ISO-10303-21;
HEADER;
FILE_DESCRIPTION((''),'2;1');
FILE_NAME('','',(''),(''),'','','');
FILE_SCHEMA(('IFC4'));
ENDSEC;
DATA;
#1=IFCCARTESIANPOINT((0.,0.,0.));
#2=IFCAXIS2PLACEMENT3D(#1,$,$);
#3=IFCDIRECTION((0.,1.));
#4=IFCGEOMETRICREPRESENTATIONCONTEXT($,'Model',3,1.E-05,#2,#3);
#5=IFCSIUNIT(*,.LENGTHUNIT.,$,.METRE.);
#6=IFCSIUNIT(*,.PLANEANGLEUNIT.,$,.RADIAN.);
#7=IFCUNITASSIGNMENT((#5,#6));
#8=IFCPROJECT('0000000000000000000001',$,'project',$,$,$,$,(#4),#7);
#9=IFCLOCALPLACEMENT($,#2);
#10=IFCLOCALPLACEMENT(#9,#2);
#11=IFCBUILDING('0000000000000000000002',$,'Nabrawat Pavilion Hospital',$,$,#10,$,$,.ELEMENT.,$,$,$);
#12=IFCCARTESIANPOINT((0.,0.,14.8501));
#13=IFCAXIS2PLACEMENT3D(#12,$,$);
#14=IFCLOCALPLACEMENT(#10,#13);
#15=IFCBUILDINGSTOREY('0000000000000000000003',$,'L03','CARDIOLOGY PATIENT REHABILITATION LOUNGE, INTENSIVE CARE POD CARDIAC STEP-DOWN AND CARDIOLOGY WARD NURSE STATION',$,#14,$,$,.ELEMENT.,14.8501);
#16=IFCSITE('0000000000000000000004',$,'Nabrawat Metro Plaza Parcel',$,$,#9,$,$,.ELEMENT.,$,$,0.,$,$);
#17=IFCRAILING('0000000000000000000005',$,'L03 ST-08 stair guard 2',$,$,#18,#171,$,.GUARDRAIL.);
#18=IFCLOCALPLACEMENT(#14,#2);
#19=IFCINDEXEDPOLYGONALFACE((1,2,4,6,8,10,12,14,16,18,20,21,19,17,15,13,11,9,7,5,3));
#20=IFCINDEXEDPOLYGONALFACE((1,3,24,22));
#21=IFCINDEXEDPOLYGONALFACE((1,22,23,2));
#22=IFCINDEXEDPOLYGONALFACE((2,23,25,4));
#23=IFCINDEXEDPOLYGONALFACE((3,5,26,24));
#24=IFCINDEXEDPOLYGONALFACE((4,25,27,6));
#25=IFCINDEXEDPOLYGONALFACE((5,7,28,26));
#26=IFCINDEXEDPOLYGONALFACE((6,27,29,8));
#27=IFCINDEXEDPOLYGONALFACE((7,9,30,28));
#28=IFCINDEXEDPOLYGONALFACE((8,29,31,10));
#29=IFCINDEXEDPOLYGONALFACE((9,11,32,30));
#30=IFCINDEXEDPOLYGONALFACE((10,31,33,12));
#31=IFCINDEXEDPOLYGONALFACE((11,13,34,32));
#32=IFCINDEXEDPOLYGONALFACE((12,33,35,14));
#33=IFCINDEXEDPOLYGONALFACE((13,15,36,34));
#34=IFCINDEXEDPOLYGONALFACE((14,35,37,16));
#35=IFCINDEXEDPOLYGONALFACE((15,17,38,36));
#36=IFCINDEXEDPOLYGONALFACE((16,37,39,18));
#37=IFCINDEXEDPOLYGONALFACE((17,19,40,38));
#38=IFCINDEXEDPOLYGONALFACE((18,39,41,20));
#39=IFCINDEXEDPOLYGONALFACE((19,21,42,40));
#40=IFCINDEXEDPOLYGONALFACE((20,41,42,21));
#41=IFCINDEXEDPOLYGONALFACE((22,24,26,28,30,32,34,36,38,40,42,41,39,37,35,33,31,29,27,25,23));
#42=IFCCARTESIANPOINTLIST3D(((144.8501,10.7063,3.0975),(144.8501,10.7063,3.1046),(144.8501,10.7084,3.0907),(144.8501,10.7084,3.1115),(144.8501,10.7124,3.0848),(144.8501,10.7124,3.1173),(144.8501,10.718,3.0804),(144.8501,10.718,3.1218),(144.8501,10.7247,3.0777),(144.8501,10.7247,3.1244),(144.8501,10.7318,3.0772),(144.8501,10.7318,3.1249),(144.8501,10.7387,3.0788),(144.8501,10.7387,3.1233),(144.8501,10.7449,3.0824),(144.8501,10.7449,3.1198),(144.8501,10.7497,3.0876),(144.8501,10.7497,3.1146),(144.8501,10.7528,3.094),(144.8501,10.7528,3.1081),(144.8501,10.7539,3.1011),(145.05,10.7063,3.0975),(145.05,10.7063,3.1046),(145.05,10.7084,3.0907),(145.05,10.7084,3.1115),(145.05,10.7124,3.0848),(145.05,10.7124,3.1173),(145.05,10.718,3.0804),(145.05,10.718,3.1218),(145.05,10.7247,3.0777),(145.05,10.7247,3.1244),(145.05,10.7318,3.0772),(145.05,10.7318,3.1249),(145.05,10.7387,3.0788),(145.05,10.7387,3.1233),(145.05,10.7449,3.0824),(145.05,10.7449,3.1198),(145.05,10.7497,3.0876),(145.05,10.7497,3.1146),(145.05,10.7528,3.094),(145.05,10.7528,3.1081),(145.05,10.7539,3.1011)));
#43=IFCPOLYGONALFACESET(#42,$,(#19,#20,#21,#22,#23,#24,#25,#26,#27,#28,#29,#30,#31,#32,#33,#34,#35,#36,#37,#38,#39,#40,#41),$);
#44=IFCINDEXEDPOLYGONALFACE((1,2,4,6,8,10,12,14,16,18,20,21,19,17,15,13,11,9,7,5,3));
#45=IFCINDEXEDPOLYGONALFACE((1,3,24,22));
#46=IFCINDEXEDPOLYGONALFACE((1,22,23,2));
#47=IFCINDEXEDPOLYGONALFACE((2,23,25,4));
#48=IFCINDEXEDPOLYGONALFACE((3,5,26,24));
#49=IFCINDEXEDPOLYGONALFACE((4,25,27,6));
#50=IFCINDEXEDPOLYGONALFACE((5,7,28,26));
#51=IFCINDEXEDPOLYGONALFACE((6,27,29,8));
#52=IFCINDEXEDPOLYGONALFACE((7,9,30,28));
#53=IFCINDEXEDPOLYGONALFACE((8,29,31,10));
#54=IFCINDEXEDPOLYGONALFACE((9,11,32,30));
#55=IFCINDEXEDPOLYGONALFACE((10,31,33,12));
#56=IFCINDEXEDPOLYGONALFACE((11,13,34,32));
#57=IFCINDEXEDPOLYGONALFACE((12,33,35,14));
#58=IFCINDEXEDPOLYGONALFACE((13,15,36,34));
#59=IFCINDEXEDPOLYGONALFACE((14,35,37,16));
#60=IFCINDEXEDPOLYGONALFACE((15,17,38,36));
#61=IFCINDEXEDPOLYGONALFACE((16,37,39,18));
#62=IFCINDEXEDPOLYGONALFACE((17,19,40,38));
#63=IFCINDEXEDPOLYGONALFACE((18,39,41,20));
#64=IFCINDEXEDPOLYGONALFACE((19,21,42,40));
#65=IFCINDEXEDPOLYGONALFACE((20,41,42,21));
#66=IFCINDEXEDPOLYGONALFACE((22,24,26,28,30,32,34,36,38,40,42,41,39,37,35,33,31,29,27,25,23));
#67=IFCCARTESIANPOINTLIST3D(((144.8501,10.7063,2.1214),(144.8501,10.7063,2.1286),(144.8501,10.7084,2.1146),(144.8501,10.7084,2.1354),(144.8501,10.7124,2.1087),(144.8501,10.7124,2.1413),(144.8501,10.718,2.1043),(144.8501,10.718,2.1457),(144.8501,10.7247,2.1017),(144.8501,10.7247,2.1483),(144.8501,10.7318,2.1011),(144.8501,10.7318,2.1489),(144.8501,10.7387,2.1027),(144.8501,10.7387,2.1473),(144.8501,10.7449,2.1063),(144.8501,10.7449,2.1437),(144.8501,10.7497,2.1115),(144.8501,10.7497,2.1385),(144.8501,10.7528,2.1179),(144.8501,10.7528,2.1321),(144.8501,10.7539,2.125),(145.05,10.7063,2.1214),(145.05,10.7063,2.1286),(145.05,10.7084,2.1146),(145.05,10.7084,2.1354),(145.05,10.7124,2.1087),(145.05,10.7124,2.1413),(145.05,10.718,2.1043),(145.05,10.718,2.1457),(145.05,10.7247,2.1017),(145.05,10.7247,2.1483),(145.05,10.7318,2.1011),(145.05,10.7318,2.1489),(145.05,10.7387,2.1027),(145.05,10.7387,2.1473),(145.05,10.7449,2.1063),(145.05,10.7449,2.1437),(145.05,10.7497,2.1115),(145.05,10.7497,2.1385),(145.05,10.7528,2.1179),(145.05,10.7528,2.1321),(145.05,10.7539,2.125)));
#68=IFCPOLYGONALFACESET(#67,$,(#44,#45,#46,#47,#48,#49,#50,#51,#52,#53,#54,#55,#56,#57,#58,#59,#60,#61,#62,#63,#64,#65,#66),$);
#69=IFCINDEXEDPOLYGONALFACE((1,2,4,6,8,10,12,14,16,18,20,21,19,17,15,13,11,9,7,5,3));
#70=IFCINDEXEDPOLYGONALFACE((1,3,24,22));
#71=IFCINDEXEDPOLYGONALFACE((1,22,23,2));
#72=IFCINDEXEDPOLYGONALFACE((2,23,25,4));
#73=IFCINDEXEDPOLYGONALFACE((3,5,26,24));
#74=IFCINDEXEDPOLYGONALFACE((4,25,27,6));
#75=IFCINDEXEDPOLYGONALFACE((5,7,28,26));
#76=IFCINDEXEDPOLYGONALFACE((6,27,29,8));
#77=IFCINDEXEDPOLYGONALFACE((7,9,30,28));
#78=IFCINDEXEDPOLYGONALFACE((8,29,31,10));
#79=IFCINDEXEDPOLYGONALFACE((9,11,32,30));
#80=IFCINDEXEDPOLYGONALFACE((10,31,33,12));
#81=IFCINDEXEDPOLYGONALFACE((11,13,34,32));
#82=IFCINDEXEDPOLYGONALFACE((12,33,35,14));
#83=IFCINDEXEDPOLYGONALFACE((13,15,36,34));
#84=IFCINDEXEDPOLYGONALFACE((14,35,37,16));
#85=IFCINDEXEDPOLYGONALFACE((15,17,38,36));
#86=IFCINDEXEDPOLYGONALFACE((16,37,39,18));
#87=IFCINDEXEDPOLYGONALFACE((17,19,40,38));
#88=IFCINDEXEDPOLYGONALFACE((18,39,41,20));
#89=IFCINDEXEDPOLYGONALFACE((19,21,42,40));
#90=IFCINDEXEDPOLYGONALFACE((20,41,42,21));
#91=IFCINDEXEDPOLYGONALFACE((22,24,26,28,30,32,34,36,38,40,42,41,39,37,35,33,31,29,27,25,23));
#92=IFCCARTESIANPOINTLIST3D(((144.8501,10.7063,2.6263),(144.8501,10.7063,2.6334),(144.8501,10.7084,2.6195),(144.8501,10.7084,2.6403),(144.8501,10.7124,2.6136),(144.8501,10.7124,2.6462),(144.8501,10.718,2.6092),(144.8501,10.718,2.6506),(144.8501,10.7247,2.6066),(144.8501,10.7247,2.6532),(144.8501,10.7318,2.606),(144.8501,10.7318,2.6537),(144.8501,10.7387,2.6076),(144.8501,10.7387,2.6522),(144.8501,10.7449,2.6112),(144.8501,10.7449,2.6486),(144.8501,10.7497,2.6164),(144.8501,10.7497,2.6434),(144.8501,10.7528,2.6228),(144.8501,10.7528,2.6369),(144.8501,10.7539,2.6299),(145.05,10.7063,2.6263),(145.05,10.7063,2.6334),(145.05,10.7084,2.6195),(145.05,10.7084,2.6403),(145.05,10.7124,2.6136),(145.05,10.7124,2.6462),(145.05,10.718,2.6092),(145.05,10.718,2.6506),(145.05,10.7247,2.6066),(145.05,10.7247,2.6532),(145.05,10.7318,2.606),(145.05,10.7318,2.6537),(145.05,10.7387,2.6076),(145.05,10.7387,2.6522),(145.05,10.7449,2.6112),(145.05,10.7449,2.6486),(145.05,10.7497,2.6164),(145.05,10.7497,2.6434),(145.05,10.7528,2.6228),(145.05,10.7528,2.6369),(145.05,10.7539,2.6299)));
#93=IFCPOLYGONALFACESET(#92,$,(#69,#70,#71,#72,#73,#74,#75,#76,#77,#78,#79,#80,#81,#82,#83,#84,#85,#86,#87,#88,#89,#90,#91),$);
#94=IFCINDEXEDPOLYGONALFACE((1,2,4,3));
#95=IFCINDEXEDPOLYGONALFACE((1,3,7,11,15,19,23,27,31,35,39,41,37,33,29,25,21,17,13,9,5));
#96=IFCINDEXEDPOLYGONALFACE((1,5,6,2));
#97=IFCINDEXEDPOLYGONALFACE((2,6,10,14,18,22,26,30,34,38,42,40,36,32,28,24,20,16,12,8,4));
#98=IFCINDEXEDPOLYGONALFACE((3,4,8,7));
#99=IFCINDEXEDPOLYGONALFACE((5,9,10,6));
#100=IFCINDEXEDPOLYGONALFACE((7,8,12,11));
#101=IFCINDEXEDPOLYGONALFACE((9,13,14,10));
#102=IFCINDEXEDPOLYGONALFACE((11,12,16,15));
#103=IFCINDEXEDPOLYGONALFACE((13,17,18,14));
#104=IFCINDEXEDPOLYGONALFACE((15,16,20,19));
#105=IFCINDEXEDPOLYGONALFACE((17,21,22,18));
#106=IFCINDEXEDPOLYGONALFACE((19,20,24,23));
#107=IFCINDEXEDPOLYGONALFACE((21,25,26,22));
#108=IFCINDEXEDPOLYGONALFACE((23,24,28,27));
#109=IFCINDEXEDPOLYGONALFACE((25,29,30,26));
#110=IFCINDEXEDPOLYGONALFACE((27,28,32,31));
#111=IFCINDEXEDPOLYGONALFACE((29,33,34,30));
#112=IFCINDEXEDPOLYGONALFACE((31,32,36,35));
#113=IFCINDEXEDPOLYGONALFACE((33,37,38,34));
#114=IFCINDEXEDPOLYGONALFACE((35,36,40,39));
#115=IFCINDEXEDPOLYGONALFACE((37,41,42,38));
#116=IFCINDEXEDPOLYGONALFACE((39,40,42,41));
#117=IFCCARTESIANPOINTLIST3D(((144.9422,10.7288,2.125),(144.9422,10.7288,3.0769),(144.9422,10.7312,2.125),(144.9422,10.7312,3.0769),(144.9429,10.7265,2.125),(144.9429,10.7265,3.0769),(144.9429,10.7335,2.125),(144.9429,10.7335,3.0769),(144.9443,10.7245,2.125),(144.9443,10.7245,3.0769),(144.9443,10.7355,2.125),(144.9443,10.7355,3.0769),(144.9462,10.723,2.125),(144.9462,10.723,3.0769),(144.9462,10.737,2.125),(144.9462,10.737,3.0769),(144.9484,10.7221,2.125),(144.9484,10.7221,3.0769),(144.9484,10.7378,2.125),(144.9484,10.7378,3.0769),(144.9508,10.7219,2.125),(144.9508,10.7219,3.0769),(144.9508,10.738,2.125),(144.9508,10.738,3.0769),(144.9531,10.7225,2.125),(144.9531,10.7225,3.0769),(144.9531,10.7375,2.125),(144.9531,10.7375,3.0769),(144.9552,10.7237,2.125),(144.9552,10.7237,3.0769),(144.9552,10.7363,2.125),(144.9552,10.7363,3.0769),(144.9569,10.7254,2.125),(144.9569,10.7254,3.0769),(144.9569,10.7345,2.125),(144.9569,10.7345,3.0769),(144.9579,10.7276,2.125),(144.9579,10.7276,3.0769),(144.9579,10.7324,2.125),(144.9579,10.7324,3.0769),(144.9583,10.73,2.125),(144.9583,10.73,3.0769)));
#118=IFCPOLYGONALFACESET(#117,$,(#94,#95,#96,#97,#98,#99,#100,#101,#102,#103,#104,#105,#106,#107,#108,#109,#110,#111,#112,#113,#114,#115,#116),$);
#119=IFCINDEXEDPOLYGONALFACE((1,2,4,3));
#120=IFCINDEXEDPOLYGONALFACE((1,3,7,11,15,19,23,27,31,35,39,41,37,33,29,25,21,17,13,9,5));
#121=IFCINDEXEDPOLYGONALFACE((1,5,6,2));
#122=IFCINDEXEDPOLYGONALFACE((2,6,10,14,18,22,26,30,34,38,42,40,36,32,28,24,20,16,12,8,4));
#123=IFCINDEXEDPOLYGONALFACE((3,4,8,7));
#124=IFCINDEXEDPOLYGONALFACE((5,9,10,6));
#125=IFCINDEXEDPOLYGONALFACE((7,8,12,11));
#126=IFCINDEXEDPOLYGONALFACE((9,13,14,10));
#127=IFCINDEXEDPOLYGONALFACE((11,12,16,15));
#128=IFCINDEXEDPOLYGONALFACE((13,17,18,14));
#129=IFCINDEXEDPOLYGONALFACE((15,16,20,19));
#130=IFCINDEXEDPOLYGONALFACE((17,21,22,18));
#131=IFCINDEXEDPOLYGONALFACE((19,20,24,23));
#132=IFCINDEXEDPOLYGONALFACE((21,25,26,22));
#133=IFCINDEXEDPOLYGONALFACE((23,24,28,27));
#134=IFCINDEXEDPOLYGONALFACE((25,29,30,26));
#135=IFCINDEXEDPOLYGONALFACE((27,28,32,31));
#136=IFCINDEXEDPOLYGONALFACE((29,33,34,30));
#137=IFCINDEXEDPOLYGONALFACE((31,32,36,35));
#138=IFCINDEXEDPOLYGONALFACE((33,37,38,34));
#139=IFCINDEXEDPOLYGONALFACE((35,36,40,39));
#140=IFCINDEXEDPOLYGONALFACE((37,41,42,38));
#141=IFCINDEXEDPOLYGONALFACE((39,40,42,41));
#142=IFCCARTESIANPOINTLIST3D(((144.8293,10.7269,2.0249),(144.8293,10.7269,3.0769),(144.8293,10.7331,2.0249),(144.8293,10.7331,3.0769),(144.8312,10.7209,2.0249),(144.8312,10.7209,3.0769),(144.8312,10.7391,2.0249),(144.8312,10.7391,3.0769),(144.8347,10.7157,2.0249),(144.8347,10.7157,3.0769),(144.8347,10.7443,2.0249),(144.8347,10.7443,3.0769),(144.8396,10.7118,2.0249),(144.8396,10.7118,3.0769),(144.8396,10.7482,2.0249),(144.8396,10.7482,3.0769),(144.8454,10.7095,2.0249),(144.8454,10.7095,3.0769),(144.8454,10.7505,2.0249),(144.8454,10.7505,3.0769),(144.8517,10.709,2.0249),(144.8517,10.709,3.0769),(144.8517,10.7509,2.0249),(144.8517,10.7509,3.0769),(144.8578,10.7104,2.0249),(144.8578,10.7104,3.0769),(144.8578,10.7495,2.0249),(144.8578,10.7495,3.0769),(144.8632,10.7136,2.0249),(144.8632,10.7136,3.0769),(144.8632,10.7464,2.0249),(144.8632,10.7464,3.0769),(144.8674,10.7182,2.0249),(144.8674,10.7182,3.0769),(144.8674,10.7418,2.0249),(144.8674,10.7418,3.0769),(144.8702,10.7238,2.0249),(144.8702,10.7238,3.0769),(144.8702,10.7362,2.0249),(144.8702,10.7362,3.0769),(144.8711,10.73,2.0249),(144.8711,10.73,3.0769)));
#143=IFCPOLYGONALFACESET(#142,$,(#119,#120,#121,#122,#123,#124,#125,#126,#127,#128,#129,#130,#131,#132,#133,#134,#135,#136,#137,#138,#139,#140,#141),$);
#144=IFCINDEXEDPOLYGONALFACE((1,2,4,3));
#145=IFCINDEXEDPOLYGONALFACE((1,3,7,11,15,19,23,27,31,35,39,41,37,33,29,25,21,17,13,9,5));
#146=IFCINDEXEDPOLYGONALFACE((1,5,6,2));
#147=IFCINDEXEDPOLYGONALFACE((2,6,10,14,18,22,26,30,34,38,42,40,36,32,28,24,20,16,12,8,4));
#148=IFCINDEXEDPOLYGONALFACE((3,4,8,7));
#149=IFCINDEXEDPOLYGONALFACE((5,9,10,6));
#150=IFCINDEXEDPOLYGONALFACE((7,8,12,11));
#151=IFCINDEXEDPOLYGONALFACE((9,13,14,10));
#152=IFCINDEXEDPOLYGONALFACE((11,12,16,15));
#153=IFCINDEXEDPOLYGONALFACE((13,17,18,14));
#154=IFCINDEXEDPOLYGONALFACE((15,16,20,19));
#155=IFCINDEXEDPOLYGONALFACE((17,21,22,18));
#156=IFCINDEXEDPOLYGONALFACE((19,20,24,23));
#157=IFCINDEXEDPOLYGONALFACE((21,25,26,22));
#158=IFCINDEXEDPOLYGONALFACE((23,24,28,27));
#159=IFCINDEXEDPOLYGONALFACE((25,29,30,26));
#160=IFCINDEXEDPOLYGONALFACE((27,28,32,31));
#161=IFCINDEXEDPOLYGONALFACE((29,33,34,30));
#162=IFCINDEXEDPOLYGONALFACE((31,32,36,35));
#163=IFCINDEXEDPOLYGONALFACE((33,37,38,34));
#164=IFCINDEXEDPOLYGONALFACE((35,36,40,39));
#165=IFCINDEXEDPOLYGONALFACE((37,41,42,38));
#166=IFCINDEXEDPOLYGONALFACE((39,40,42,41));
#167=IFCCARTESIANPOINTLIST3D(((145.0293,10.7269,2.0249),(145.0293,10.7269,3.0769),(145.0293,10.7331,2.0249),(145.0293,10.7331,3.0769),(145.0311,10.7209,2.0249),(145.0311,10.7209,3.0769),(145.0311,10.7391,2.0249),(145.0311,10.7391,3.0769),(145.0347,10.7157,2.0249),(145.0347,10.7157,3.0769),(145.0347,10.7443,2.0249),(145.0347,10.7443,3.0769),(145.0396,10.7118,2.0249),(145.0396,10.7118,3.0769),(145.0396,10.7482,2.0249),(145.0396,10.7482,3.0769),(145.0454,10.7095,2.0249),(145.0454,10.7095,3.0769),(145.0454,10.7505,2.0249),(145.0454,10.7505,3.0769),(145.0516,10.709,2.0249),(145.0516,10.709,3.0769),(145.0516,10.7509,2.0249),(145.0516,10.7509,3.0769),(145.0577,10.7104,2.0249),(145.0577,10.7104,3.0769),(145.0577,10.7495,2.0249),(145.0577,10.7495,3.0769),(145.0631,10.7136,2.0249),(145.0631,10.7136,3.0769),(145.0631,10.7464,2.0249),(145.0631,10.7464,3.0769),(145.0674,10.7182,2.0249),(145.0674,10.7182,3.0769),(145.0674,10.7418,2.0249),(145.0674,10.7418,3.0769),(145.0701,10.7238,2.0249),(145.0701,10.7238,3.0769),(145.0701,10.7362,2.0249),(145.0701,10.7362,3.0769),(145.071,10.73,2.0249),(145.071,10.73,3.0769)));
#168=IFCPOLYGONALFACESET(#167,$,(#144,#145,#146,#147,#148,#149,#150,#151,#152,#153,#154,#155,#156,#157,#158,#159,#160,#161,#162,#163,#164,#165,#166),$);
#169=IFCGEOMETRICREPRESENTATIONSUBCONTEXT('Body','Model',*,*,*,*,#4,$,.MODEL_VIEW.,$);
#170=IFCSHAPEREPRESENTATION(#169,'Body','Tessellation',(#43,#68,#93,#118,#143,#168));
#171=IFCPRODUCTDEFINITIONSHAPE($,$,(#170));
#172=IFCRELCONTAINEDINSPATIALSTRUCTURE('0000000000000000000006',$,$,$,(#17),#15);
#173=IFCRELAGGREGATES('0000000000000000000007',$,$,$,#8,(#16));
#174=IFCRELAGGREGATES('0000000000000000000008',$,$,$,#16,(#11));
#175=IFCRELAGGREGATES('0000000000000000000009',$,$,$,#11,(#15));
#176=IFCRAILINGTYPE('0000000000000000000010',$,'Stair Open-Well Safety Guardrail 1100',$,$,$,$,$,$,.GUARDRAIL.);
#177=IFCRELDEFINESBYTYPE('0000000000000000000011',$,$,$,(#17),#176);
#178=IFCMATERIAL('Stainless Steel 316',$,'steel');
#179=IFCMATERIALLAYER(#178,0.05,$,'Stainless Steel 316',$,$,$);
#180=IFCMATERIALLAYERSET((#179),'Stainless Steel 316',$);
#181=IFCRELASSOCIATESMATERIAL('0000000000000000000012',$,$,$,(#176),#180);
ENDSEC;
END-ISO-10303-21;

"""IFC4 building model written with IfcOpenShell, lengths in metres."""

from ifc_helpers import new_model, si_unit, direction, frame, origin, origin_2d, place, context, subcontext, project, spatial, circle, extrude, material, layer, layer_set, type_object, element, save


model = new_model("IFC4")

# Units and contexts
model_context = context("Model", 3, precision=1e-05, world=origin(), true_north=direction((0.0, 1.0)))
body_context = subcontext(model_context, "Body", "Model", "MODEL_VIEW")
ifc_project = project(units=[si_unit("LENGTHUNIT", "METRE"), si_unit("PLANEANGLEUNIT", "RADIAN")], contexts=[model_context])

# Site, building, storey
site_placement = place(None, origin())
site = spatial("IfcSite", under=ifc_project, at=site_placement, Name="Nabrawat Metro Plaza Parcel", CompositionType="ELEMENT", RefElevation=0.0)
building_placement = place(site_placement, origin())
building = spatial("IfcBuilding", under=site, at=building_placement, Name="Nabrawat Pavilion Hospital", CompositionType="ELEMENT")
storey_placement = place(building_placement, frame((0.0, 0.0, 14.8501)))
storey = spatial("IfcBuildingStorey", under=building, at=storey_placement, Name="L03", Description="CARDIOLOGY PATIENT REHABILITATION LOUNGE, INTENSIVE CARE POD CARDIAC STEP-DOWN AND CARDIOLOGY WARD NURSE STATION", CompositionType="ELEMENT", Elevation=14.8501)

# Railing
ifc_material_1 = material(Name="Stainless Steel 316", Category="steel")
ifc_layer_1 = layer(ifc_material_1, 0.05, Name="Stainless Steel 316")
ifc_layer_set_1 = layer_set([ifc_layer_1], Name="Stainless Steel 316")
railing_type_1 = type_object("IfcRailingType", Name="Stair Open-Well Safety Guardrail 1100", PredefinedType="GUARDRAIL", material=ifc_layer_set_1)
railing_1_placement = place(storey_placement, frame((144.8501, 10.73, 2.0249)))
element("IfcRailing", 1, at=railing_1_placement, inside=storey, type_object=railing_type_1, Name="L03 ST-08 stair guard 2", PredefinedType="GUARDRAIL", context=body_context, shape_type="SweptSolid", body=[
    extrude(circle(Radius=0.0239, at=origin_2d()), frame((0.0, 0.0, 1.0762), z_axis=(1.0, 0.0, 0.0), x_axis=(0.0, 1.0, 0.0)), (0.0, 0.0, 1.0), 0.2),
    extrude(circle(Radius=0.0239, at=origin_2d()), frame((0.0, 0.0, 0.1001), z_axis=(1.0, 0.0, 0.0), x_axis=(0.0, 1.0, 0.0)), (0.0, 0.0, 1.0), 0.2),
    extrude(circle(Radius=0.0239, at=origin_2d()), frame((0.0, 0.0, 0.605), z_axis=(1.0, 0.0, 0.0), x_axis=(0.0, 1.0, 0.0)), (0.0, 0.0, 1.0), 0.2),
    extrude(circle(Radius=0.0081, at=origin_2d()), frame((0.1001, 0.0, 0.1001)), (0.0, 0.0, 1.0), 0.9519),
    extrude(circle(Radius=0.021, at=origin_2d()), origin(), (0.0, 0.0, 1.0), 1.052),
    extrude(circle(Radius=0.021, at=origin_2d()), frame((0.2, 0.0, 0.0)), (0.0, 0.0, 1.0), 1.052),
])

save(model, "model.ifc")
